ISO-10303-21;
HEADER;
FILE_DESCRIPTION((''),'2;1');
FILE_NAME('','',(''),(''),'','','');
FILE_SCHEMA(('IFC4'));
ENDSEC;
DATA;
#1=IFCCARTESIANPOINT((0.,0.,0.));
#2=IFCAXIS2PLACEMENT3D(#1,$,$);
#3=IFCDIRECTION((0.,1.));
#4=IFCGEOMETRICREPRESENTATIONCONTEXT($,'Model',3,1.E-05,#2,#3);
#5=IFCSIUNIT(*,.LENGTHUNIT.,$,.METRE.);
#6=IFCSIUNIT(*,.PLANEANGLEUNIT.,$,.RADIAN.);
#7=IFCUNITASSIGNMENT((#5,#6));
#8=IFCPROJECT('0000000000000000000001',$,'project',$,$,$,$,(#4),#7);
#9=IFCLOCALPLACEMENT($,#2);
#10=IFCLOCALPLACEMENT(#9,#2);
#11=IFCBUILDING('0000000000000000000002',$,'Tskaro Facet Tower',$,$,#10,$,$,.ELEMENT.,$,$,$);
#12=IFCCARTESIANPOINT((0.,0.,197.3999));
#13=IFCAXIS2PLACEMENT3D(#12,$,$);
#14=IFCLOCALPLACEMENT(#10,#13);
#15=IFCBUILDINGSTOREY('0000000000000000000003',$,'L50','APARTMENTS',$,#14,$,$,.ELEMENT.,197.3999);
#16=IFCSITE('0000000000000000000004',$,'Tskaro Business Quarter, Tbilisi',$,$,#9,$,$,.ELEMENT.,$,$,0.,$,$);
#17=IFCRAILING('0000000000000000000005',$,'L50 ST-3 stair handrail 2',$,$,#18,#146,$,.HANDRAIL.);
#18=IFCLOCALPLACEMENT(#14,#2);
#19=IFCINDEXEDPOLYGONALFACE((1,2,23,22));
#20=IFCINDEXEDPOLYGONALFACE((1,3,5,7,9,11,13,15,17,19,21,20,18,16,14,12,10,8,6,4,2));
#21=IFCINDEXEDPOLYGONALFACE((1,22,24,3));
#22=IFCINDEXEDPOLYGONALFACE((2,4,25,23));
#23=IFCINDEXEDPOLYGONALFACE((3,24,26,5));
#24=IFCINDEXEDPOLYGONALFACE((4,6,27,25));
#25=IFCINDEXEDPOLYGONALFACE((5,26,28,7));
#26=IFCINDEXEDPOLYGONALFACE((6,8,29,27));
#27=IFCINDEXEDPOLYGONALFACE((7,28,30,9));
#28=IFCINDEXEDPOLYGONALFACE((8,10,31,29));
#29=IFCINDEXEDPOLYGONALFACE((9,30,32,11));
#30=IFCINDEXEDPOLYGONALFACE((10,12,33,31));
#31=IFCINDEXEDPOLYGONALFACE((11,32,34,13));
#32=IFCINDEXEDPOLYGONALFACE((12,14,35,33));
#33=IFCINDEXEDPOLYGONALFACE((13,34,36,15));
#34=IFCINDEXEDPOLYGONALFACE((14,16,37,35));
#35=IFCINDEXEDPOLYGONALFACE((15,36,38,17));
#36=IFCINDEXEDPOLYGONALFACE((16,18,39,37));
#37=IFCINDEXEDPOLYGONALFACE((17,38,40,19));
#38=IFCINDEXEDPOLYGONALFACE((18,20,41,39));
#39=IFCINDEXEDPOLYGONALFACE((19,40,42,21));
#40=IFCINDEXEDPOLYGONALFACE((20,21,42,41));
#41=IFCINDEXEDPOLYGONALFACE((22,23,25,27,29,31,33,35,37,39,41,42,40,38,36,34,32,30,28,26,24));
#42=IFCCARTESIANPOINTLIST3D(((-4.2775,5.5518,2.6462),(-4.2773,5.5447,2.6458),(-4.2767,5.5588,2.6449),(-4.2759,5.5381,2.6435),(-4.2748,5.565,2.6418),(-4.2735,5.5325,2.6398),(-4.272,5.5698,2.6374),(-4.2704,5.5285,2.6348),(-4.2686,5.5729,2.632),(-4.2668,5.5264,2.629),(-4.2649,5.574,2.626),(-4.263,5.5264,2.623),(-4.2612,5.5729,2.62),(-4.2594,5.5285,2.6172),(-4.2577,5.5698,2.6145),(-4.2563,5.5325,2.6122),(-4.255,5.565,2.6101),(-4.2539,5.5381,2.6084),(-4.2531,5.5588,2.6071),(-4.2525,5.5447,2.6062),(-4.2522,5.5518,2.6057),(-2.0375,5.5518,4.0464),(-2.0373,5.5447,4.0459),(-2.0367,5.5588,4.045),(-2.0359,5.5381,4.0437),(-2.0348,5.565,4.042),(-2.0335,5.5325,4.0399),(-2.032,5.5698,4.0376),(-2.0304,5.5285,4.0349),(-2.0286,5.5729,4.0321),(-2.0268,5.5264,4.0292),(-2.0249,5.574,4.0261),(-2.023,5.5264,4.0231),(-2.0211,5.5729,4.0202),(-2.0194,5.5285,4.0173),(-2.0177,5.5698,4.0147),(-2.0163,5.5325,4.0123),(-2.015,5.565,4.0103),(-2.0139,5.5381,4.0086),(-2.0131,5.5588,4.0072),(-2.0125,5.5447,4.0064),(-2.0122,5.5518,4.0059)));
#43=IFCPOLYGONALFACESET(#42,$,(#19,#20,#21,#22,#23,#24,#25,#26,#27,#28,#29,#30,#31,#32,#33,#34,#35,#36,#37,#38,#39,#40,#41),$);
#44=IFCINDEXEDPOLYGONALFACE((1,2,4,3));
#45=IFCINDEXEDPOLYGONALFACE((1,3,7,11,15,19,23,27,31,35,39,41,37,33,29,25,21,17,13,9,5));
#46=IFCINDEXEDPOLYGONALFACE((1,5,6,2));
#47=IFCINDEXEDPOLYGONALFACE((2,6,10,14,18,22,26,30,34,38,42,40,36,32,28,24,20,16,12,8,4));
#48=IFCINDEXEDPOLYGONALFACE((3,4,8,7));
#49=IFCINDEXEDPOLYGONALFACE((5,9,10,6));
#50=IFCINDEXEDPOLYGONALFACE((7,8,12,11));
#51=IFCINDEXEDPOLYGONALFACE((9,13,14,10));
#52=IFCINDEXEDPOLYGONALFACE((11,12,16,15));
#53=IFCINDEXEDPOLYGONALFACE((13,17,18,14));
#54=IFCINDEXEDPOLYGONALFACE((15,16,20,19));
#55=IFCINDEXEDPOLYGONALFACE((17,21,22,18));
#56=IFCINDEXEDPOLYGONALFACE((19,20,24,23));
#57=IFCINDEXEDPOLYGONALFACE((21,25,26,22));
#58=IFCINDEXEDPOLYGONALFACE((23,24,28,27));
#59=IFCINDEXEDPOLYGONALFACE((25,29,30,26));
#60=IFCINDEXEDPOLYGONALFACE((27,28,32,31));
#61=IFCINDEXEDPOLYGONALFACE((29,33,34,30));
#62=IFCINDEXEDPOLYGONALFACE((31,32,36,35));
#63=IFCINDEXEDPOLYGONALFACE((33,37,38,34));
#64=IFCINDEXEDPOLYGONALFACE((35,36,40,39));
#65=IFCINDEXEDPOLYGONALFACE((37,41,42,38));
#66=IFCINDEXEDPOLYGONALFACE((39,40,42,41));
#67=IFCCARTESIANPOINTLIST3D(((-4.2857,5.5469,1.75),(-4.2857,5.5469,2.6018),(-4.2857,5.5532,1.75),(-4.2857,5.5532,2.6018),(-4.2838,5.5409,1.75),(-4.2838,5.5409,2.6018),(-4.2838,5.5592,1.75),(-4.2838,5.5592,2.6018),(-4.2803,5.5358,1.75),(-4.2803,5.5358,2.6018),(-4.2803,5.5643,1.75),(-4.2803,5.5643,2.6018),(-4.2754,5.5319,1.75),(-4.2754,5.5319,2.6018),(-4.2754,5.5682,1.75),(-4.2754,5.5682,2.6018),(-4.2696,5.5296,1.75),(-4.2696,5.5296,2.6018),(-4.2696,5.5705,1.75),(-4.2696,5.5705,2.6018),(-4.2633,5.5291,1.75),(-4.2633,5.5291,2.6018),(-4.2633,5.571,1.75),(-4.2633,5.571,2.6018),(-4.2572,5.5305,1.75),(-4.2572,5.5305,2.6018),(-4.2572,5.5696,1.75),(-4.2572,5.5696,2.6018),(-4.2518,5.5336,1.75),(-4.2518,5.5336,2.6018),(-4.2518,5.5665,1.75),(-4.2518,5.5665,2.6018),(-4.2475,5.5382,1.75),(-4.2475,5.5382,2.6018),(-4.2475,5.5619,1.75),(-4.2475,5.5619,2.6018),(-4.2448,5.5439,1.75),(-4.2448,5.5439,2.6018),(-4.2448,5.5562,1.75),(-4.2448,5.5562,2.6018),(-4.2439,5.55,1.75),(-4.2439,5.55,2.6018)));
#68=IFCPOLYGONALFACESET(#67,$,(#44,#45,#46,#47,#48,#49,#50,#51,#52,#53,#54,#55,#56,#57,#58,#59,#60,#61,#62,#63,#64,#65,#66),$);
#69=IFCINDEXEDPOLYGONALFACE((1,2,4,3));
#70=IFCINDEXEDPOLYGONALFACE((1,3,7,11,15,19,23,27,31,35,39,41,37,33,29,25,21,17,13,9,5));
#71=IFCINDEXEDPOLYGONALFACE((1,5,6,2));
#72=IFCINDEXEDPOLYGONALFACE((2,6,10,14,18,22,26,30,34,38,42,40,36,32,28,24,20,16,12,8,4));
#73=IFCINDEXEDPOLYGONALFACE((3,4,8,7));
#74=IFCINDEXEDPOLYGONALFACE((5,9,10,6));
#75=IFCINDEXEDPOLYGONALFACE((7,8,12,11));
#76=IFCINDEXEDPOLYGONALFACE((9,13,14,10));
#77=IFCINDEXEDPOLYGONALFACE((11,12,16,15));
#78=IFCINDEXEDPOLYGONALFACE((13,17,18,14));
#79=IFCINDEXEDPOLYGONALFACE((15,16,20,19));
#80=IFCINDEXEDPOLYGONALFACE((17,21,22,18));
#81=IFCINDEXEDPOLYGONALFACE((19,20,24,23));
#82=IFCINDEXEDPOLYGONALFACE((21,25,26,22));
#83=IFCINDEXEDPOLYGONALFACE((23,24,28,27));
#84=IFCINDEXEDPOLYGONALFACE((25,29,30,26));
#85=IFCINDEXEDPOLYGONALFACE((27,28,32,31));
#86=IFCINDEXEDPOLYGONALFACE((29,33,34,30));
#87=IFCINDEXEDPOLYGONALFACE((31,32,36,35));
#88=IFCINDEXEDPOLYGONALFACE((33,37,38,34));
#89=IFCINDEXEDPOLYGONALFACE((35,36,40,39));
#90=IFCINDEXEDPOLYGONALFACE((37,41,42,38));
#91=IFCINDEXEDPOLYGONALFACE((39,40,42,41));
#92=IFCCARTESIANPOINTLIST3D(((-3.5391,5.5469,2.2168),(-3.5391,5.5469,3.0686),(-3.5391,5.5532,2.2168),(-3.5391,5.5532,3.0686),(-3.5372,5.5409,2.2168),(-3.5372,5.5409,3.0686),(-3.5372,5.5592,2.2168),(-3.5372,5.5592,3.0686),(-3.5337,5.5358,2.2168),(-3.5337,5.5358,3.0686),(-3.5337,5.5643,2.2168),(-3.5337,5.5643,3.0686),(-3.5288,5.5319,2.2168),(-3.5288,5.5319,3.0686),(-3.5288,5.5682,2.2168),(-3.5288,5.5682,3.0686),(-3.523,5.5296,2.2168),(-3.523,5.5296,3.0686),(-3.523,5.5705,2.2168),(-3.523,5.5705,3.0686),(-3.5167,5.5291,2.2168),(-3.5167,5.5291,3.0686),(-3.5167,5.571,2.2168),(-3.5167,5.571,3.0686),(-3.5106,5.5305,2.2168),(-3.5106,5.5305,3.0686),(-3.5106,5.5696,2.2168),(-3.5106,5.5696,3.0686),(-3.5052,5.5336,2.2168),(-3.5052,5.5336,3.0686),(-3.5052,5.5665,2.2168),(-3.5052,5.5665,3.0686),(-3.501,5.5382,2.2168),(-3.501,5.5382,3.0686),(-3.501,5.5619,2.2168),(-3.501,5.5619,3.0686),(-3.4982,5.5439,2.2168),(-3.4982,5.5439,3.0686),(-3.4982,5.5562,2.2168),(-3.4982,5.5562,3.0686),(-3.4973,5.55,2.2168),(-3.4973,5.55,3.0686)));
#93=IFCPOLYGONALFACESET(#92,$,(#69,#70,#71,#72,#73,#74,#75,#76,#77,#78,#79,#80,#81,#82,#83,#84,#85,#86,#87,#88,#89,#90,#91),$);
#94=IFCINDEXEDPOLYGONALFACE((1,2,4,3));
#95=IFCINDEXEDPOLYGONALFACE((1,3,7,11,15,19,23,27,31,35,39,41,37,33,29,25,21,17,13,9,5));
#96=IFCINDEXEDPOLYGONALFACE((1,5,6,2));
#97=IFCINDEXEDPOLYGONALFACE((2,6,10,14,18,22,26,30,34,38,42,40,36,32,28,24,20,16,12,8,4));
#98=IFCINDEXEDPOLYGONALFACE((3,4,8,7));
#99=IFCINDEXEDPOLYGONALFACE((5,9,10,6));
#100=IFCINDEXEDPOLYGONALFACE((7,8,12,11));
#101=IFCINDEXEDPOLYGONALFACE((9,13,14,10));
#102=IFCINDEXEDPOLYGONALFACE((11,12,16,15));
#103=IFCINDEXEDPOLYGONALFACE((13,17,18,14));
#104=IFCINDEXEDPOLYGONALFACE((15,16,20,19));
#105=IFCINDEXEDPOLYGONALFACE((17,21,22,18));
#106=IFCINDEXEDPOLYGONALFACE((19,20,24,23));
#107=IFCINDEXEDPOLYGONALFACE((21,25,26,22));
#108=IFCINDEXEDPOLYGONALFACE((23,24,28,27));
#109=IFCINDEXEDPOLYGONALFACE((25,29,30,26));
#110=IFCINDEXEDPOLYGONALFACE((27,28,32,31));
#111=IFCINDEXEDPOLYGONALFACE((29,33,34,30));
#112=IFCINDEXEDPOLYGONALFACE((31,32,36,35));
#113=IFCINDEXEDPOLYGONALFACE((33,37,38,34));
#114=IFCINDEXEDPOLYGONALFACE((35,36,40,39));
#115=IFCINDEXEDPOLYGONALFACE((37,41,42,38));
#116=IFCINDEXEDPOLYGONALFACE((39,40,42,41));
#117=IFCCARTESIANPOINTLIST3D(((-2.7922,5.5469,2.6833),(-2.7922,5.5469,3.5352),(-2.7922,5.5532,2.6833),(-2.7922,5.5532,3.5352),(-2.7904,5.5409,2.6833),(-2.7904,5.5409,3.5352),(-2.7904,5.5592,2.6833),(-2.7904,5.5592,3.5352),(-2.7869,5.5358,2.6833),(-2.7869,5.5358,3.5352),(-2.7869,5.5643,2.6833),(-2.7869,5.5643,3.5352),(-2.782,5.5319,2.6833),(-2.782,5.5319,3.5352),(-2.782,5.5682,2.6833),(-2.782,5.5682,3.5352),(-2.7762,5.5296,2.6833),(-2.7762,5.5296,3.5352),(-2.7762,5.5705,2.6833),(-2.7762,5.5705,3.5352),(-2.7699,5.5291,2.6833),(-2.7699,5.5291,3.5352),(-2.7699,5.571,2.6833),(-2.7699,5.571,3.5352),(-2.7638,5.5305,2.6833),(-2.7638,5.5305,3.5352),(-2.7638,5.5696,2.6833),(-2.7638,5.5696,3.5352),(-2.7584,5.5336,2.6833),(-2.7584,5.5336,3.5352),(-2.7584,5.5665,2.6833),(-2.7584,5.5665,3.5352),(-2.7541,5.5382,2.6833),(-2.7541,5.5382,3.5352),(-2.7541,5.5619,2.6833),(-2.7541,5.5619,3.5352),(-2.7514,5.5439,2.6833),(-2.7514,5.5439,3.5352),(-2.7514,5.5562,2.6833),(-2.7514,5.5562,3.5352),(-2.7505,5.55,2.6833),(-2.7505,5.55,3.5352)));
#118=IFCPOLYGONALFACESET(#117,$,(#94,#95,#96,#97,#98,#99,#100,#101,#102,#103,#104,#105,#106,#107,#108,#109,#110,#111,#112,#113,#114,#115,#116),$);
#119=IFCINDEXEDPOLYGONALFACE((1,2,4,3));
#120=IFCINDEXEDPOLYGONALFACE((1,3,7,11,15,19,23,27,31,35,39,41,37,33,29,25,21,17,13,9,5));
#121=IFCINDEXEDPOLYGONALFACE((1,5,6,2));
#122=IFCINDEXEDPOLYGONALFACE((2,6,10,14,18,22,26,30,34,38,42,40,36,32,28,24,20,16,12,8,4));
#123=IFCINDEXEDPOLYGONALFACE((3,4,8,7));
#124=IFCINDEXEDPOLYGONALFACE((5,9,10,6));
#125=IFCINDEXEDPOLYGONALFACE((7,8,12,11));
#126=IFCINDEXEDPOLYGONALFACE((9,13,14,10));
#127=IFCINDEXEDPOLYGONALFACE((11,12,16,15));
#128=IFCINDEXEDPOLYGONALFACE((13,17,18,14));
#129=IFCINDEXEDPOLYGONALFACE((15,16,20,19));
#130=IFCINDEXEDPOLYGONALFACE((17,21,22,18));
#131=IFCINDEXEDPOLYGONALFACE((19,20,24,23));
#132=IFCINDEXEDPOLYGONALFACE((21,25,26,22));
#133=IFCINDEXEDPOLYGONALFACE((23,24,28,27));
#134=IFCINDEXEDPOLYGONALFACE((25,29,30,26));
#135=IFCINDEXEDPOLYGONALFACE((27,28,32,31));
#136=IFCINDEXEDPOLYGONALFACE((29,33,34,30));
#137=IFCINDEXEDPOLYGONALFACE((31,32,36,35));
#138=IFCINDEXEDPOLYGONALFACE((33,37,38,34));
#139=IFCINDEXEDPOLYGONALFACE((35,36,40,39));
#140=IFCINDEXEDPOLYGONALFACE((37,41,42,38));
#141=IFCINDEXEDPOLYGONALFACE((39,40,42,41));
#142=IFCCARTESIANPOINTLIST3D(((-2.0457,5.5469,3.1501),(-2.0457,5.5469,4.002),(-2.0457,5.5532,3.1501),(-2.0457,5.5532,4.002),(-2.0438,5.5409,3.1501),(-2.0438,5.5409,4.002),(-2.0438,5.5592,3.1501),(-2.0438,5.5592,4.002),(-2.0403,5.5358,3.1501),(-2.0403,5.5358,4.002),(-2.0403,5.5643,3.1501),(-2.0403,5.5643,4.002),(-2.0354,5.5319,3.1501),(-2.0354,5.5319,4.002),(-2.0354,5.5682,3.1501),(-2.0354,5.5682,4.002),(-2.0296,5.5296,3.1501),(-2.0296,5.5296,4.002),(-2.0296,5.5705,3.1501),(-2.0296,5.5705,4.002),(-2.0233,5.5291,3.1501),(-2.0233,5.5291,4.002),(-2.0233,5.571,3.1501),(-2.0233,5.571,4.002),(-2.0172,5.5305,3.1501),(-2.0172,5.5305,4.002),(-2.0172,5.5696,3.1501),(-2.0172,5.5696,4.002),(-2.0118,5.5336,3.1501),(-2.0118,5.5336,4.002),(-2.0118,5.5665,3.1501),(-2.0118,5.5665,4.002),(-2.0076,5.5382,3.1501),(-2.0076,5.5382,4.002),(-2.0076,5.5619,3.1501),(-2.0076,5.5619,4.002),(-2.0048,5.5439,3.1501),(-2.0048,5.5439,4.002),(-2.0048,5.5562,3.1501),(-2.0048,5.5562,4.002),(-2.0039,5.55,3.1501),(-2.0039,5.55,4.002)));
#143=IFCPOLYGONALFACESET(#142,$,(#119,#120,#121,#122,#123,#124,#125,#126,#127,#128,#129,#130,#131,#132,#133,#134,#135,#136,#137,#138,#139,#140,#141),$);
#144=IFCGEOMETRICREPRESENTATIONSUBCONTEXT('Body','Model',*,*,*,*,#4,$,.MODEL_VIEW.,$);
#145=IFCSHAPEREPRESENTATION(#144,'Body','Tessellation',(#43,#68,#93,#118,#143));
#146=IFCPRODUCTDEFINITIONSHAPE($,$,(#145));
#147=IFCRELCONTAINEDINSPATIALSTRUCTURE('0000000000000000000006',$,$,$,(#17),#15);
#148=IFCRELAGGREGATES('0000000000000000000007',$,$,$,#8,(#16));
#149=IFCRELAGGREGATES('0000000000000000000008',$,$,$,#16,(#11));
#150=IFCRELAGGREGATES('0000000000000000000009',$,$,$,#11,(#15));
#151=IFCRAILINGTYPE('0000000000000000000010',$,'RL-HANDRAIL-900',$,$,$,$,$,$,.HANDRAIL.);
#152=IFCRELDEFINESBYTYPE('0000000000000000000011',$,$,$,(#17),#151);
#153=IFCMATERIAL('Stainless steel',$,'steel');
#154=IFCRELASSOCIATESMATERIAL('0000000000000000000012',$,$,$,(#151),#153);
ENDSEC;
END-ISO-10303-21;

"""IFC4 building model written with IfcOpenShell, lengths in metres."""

from ifc_helpers import new_model, si_unit, direction, frame, origin, origin_2d, place, context, subcontext, project, spatial, circle, extrude, material, type_object, element, save


model = new_model("IFC4")

# Units and contexts
model_context = context("Model", 3, precision=1e-05, world=origin(), true_north=direction((0.0, 1.0)))
body_context = subcontext(model_context, "Body", "Model", "MODEL_VIEW")
ifc_project = project(units=[si_unit("LENGTHUNIT", "METRE"), si_unit("PLANEANGLEUNIT", "RADIAN")], contexts=[model_context])

# Site, building, storey
site_placement = place(None, origin())
site = spatial("IfcSite", under=ifc_project, at=site_placement, Name="Tskaro Business Quarter, Tbilisi", CompositionType="ELEMENT", RefElevation=0.0)
building_placement = place(site_placement, origin())
building = spatial("IfcBuilding", under=site, at=building_placement, Name="Tskaro Facet Tower", CompositionType="ELEMENT")
storey_placement = place(building_placement, frame((0.0, 0.0, 197.3999)))
storey = spatial("IfcBuildingStorey", under=building, at=storey_placement, Name="L50", Description="APARTMENTS", CompositionType="ELEMENT", Elevation=197.3999)

# Railing
ifc_material_1 = material(Name="Stainless steel", Category="steel")
railing_type_1 = type_object("IfcRailingType", Name="RL-HANDRAIL-900", PredefinedType="HANDRAIL", material=ifc_material_1)
railing_1_placement = place(storey_placement, frame((-4.2649, 5.55, 1.75)))
element("IfcRailing", 1, at=railing_1_placement, inside=storey, type_object=railing_type_1, Name="L50 ST-3 stair handrail 2", PredefinedType="HANDRAIL", context=body_context, shape_type="SweptSolid", body=[
    extrude(circle(Radius=0.0239, at=origin_2d()), frame((0.0, 0.0, 0.876), z_axis=(0.847972, 0.0, 0.53004), x_axis=(0.0, 1.0, 0.0)), (0.0, 0.0, 1.0), 2.6416),
    extrude(circle(Radius=0.021, at=origin_2d()), origin(), (0.0, 0.0, 1.0), 0.8518),
    extrude(circle(Radius=0.021, at=origin_2d()), frame((0.7466, 0.0, 0.4668)), (0.0, 0.0, 1.0), 0.8518),
    extrude(circle(Radius=0.021, at=origin_2d()), frame((1.4934, 0.0, 0.9333)), (0.0, 0.0, 1.0), 0.8518),
    extrude(circle(Radius=0.021, at=origin_2d()), frame((2.24, 0.0, 1.4001)), (0.0, 0.0, 1.0), 0.8518),
])

save(model, "model.ifc")
